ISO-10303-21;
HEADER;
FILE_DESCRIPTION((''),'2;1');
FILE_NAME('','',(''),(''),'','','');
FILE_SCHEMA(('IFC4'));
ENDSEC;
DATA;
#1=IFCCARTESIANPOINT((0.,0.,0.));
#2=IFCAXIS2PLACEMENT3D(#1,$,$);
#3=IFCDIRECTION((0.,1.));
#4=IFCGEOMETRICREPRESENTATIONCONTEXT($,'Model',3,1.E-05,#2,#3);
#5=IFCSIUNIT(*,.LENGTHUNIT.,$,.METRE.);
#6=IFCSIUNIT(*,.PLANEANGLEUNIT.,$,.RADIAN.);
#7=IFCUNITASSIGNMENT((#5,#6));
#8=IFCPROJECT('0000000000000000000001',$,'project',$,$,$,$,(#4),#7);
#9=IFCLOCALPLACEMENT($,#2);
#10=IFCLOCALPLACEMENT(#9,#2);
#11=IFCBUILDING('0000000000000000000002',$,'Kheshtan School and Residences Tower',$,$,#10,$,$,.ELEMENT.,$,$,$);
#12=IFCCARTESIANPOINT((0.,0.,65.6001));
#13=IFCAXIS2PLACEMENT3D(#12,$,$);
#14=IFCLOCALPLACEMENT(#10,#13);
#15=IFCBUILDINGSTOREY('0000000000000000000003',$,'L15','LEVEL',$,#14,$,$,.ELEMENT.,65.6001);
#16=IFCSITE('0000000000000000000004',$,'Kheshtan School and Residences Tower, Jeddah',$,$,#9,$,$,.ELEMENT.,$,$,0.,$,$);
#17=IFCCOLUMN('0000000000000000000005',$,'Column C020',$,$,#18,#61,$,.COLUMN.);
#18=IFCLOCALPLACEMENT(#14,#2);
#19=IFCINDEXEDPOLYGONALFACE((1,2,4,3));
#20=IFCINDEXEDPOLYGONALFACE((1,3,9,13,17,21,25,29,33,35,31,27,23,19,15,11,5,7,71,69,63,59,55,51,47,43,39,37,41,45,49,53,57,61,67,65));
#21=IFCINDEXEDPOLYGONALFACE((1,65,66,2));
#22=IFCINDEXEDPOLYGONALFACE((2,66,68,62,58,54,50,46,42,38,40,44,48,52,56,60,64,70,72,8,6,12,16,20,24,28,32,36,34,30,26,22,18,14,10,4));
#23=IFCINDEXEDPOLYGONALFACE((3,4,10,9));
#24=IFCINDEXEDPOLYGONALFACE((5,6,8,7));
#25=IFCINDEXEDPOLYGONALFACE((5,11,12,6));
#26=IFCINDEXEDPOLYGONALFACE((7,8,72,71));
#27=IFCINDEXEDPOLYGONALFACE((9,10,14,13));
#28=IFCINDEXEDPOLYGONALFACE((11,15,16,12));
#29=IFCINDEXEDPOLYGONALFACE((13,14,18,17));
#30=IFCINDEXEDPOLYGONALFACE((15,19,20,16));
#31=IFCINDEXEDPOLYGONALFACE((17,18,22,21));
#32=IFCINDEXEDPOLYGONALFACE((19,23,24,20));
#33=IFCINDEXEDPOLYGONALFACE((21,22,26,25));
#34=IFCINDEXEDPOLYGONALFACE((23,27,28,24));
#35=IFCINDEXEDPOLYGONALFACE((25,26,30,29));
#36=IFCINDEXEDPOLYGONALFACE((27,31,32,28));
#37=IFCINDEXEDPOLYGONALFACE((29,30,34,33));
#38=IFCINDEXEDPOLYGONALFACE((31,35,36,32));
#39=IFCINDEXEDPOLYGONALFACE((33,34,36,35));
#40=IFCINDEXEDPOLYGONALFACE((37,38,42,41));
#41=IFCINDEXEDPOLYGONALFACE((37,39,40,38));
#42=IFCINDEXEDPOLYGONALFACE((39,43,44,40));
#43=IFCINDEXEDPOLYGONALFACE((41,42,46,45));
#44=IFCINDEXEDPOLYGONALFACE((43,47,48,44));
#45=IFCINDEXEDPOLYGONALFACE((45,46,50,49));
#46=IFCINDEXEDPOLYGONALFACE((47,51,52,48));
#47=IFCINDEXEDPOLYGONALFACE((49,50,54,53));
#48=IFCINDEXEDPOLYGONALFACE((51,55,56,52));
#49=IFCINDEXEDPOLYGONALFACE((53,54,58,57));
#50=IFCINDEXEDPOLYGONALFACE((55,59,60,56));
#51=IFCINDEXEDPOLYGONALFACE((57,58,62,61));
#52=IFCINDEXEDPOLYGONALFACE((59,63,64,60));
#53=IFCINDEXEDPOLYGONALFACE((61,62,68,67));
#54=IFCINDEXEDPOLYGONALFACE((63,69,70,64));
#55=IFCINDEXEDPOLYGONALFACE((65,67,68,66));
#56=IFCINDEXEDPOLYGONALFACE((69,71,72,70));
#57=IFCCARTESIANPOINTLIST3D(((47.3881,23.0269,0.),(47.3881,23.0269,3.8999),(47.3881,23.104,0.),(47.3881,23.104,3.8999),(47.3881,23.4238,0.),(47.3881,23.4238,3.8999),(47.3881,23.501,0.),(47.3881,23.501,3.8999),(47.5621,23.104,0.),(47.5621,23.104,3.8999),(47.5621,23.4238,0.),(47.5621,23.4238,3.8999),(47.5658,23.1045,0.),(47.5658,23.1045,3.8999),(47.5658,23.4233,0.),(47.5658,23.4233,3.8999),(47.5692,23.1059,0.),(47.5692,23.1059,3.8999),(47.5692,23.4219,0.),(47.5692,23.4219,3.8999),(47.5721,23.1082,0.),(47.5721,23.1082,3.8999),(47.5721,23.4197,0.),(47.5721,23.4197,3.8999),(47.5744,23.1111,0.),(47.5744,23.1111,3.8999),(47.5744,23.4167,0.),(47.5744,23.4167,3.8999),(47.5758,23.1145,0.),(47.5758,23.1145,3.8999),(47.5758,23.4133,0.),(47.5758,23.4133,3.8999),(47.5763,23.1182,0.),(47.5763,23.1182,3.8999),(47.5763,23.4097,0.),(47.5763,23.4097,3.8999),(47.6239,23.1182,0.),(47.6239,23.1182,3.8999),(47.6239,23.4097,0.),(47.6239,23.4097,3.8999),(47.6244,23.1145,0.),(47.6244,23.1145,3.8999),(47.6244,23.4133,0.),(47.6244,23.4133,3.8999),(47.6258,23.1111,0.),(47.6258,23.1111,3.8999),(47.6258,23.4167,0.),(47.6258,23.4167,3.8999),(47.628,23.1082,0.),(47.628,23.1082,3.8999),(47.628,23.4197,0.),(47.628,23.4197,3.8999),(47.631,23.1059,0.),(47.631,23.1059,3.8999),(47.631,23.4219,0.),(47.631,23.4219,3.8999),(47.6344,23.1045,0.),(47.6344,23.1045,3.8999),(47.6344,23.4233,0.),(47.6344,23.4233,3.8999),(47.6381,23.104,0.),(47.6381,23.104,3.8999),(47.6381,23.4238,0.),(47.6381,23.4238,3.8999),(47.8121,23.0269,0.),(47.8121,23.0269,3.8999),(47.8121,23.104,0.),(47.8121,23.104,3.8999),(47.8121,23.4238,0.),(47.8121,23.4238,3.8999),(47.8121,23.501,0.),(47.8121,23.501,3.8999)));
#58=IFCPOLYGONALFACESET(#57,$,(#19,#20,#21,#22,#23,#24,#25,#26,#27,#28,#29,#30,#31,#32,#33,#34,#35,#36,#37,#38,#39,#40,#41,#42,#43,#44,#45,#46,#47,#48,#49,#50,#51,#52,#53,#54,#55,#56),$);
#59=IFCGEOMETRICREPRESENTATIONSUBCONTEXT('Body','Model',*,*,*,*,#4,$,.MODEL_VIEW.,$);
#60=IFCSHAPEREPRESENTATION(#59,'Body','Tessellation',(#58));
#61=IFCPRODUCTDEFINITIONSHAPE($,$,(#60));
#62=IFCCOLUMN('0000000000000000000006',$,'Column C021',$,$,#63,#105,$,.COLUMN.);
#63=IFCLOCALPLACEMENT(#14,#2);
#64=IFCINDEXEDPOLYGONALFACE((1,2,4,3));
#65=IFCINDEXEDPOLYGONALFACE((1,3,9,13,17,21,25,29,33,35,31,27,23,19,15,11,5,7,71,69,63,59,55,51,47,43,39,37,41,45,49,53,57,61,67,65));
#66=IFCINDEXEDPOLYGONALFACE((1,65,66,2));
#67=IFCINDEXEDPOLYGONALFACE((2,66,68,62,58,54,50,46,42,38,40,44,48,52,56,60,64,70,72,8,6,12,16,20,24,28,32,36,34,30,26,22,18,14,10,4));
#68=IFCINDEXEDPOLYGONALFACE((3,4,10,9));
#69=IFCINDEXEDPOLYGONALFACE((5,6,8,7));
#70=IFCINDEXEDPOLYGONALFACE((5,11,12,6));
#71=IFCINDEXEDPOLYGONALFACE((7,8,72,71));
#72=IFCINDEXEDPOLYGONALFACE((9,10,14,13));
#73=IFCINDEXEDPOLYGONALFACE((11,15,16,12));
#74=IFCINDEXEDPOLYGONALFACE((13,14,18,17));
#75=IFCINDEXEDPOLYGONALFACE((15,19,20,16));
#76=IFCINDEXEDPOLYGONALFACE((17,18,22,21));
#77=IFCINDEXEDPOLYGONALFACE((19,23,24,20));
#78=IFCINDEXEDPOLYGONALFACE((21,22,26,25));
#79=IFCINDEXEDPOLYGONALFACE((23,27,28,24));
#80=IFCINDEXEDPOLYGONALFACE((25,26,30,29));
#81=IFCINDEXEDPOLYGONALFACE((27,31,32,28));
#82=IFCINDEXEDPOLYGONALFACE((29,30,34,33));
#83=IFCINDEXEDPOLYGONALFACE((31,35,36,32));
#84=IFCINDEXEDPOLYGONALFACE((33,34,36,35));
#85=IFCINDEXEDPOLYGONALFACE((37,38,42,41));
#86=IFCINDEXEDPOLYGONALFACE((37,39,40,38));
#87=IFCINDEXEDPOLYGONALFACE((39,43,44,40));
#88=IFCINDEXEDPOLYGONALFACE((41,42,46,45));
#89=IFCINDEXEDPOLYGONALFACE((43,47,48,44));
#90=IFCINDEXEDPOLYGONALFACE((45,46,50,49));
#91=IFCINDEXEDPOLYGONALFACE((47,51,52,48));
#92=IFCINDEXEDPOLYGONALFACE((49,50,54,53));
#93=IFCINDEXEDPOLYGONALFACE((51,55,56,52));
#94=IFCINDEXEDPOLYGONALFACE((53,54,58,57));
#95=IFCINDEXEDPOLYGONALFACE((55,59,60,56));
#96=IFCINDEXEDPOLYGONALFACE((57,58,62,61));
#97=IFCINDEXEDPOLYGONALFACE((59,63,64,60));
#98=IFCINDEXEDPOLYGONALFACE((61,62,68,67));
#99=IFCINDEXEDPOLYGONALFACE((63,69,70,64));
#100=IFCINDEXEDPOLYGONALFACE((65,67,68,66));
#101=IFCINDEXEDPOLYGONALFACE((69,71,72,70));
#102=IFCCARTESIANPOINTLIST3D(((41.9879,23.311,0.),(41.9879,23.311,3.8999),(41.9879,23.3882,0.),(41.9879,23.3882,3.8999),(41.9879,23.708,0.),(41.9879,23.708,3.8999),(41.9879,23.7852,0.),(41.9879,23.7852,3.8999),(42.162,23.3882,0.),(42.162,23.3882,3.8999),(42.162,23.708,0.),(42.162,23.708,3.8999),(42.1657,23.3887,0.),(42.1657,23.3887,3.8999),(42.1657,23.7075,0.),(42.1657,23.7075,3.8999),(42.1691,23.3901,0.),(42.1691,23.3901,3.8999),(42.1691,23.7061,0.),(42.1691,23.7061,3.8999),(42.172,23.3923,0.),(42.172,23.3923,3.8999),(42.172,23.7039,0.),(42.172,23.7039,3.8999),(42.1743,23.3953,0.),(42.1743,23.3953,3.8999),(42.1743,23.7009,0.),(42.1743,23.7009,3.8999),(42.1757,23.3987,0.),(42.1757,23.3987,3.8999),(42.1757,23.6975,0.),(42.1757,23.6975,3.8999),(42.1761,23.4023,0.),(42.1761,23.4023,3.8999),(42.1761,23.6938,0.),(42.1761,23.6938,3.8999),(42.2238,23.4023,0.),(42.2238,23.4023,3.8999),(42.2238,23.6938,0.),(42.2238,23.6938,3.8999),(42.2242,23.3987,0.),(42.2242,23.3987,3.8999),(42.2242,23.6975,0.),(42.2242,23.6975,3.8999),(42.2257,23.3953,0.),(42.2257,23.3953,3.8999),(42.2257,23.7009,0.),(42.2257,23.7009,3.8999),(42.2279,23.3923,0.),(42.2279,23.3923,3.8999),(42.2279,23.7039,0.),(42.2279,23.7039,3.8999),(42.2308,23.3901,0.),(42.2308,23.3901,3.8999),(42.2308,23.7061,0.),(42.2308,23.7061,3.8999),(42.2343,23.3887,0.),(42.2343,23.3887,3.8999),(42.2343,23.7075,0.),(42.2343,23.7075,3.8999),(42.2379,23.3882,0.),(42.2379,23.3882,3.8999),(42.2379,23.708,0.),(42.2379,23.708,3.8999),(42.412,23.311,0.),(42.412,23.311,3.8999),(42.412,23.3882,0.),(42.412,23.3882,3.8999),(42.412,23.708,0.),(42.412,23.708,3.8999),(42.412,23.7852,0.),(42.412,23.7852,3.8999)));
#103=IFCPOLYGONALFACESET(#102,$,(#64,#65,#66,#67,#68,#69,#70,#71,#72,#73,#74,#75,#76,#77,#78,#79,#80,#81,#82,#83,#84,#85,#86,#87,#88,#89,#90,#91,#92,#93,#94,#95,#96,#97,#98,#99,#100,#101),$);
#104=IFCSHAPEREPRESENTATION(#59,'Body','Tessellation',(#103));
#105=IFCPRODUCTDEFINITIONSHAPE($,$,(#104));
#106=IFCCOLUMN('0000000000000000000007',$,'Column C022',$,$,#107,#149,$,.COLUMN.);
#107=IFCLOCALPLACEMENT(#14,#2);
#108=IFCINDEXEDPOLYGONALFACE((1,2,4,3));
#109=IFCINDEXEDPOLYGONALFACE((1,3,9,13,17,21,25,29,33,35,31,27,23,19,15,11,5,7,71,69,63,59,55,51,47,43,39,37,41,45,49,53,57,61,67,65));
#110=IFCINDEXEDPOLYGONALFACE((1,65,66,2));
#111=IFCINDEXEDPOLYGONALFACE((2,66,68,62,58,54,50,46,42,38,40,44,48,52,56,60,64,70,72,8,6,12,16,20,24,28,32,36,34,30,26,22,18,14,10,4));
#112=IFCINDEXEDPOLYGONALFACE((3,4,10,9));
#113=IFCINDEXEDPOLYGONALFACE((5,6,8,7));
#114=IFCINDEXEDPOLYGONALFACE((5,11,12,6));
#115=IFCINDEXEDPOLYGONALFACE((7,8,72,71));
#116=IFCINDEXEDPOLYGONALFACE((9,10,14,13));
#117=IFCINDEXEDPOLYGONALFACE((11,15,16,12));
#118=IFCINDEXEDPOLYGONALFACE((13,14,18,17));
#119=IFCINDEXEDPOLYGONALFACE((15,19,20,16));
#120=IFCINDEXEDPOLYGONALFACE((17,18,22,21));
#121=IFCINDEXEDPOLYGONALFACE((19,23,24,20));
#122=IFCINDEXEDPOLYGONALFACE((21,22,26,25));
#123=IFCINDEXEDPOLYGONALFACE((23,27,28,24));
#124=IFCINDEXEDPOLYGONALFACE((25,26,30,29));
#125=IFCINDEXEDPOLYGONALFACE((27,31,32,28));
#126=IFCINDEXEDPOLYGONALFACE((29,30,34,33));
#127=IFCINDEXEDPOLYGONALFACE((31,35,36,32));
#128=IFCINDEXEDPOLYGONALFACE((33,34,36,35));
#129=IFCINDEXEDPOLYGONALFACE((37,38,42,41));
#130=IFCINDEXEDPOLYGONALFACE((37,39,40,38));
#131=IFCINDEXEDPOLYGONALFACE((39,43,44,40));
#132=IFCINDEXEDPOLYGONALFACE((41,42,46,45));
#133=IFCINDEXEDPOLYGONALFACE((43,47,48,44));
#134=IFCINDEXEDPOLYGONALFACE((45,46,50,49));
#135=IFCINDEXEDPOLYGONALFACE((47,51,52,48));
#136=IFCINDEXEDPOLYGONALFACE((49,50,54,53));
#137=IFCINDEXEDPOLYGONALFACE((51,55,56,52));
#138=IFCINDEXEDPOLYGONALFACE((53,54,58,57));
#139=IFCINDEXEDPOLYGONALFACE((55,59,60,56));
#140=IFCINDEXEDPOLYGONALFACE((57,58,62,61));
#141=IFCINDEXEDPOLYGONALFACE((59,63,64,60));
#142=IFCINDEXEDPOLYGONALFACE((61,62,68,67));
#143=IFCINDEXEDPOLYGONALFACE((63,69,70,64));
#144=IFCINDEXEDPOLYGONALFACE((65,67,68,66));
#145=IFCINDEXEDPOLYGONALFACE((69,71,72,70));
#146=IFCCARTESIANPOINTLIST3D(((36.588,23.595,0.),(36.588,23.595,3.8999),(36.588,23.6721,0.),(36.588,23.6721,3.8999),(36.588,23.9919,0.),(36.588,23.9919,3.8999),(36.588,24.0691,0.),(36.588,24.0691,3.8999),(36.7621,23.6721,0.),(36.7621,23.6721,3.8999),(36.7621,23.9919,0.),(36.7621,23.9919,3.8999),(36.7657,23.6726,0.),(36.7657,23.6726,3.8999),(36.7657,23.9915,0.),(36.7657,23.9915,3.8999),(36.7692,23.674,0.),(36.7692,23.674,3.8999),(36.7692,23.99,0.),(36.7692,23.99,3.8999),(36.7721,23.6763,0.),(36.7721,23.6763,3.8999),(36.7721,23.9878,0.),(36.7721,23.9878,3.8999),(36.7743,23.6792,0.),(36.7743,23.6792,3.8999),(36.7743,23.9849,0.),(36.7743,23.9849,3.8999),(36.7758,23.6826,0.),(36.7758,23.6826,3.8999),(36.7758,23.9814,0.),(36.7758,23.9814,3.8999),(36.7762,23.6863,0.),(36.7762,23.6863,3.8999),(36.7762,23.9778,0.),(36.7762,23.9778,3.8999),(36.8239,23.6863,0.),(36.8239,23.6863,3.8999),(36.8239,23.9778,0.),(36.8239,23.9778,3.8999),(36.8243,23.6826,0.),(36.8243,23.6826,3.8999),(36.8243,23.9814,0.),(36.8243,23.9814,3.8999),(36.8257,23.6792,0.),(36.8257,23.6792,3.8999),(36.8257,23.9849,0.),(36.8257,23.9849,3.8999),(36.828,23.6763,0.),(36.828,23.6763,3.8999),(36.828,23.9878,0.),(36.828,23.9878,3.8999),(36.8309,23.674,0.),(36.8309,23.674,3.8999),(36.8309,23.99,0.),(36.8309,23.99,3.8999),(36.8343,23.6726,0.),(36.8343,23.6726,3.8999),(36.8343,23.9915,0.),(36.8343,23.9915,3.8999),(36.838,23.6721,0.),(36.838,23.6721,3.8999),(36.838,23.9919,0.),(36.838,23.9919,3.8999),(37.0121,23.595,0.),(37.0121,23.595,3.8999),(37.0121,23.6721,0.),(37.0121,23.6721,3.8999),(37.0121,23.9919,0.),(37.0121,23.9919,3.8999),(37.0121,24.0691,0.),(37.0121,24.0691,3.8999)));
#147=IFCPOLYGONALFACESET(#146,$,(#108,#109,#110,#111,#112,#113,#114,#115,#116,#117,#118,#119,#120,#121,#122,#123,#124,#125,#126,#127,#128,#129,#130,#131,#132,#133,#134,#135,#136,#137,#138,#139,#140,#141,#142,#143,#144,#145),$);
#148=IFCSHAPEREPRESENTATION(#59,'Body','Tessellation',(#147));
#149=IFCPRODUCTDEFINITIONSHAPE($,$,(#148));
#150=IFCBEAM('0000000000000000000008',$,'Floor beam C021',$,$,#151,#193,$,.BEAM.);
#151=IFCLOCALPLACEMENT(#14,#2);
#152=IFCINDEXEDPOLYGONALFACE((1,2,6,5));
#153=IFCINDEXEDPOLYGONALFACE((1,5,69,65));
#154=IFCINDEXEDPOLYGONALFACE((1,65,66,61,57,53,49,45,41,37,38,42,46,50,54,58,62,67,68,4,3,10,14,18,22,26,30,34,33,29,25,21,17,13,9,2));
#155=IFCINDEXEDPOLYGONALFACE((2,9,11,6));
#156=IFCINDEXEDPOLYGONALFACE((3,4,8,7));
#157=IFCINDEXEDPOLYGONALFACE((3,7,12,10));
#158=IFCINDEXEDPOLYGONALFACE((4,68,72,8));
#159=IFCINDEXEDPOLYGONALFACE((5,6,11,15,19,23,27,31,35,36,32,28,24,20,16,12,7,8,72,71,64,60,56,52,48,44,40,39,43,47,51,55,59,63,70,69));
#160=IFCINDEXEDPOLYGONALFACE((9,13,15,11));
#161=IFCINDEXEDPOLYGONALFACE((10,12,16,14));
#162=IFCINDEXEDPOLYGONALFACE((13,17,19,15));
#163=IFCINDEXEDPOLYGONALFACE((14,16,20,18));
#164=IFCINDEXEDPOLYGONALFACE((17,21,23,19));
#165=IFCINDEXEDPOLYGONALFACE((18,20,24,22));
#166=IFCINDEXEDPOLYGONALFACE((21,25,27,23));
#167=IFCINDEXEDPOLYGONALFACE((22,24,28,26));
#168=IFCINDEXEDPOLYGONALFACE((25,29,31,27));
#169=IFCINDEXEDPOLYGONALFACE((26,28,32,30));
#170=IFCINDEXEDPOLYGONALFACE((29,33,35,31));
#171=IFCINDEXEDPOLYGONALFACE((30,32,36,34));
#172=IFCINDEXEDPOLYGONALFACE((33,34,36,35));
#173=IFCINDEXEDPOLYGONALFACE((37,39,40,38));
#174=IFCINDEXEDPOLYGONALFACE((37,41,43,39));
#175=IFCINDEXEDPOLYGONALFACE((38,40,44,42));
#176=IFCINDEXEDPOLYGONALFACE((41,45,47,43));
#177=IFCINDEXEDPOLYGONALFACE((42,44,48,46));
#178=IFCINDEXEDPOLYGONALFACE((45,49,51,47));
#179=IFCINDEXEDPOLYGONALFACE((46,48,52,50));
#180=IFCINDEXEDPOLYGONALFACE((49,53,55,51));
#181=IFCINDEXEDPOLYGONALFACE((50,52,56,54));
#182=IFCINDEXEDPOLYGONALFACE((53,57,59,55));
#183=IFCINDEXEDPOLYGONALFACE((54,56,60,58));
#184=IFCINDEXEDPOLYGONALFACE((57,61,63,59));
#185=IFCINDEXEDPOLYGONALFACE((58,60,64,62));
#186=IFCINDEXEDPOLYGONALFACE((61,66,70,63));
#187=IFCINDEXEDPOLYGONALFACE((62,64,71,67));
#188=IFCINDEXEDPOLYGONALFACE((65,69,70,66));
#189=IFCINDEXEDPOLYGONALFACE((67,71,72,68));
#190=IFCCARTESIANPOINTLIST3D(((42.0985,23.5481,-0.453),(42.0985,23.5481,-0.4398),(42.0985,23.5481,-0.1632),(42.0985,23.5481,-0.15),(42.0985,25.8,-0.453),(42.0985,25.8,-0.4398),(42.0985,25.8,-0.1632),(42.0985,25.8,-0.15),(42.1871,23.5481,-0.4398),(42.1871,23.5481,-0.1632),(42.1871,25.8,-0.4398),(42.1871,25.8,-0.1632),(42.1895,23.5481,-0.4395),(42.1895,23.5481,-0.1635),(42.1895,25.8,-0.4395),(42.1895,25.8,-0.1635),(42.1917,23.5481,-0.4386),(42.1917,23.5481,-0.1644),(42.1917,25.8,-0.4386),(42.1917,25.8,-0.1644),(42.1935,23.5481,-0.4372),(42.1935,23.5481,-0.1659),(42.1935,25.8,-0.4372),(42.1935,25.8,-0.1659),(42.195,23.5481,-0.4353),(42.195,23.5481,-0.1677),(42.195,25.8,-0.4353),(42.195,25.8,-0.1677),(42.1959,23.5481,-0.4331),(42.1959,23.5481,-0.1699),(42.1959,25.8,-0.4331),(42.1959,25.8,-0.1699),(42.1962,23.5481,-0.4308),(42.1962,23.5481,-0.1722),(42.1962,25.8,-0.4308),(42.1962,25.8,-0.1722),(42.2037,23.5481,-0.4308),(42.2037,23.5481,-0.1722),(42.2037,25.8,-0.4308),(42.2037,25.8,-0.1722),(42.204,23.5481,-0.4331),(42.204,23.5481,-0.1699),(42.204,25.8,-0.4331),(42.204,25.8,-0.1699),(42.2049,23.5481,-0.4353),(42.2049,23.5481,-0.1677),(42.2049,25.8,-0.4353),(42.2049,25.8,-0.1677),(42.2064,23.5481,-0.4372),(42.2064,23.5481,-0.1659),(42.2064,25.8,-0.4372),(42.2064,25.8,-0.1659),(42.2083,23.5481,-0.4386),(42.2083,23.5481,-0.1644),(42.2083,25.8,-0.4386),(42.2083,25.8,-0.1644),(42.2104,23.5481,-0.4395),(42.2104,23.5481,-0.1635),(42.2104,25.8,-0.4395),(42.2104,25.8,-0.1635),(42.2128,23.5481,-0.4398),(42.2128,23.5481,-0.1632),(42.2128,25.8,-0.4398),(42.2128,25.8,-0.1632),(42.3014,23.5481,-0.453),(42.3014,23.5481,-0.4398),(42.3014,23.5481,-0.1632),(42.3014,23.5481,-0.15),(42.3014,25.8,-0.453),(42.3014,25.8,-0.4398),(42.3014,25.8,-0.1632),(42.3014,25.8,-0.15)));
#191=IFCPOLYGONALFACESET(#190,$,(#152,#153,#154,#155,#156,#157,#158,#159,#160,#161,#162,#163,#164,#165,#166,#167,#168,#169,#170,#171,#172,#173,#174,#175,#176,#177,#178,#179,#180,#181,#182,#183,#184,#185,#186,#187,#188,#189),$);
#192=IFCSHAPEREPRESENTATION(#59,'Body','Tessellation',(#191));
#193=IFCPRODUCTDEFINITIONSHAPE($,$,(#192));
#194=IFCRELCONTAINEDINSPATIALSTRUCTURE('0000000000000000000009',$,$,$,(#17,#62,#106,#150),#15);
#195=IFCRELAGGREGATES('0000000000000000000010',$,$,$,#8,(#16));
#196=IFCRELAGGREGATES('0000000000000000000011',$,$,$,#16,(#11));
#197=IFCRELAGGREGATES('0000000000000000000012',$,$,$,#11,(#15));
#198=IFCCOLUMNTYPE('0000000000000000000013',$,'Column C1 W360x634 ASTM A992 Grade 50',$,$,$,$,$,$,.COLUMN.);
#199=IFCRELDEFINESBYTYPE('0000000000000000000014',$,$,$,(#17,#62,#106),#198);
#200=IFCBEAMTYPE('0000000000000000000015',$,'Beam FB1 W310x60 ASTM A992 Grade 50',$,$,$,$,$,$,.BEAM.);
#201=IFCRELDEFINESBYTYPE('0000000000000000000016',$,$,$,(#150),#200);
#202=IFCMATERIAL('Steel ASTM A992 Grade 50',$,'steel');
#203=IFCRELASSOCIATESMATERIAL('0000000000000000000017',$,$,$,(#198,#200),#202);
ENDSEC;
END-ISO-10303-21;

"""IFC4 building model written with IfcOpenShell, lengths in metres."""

from ifc_helpers import new_model, si_unit, direction, frame, origin, origin_2d, place, context, subcontext, project, spatial, i_section, extrude, material, material_profile, profile_set, type_object, element, save


model = new_model("IFC4")

# Units and contexts
model_context = context("Model", 3, precision=1e-05, world=origin(), true_north=direction((0.0, 1.0)))
body_context = subcontext(model_context, "Body", "Model", "MODEL_VIEW")
ifc_project = project(units=[si_unit("LENGTHUNIT", "METRE"), si_unit("PLANEANGLEUNIT", "RADIAN")], contexts=[model_context])

# Site, building, storey
site_placement = place(None, origin())
site = spatial("IfcSite", under=ifc_project, at=site_placement, Name="Kheshtan School and Residences Tower, Jeddah", CompositionType="ELEMENT", RefElevation=0.0)
building_placement = place(site_placement, origin())
building = spatial("IfcBuilding", under=site, at=building_placement, Name="Kheshtan School and Residences Tower", CompositionType="ELEMENT")
storey_placement = place(building_placement, frame((0.0, 0.0, 65.6001)))
storey = spatial("IfcBuildingStorey", under=building, at=storey_placement, Name="L15", Description="LEVEL", CompositionType="ELEMENT", Elevation=65.6001)

# Columns
ifc_material_1 = material(Name="Steel ASTM A992 Grade 50", Category="steel")
ifc_material_profile_1 = material_profile(ifc_material_1, i_section(OverallWidth=0.4241, OverallDepth=0.4741, WebThickness=0.0476, FlangeThickness=0.0771, FilletRadius=0.0142, at=origin_2d()), Name="W360x634")
ifc_profile_set_1 = profile_set([ifc_material_profile_1], Name="Steel ASTM A992 Grade 50")
column_type = type_object("IfcColumnType", Name="Column C1 W360x634 ASTM A992 Grade 50", PredefinedType="COLUMN", material=ifc_profile_set_1)
for number, where, z_axis, x_axis, name in (
    (1, (47.6001, 23.2639, 0.0), (0.0, 0.0, 1.0), (1.0, 0.0, 0.0), "Column C020"),
    (2, (42.2, 23.5481, 0.0), (0.0, 0.0, 1.0), (1.0, 0.0, 0.0), "Column C021"),
    (3, (36.8, 23.832, 0.0), (0.0, 0.0, 1.0), (1.0, 0.0, 0.0), "Column C022"),
):
    element("IfcColumn", number, at=place(storey_placement, frame(where, z_axis=z_axis, x_axis=x_axis)), inside=storey, type_object=column_type, Name=name, PredefinedType="COLUMN", context=body_context, shape_type="SweptSolid", body=[
        extrude(i_section(OverallWidth=0.4241, OverallDepth=0.4741, WebThickness=0.0476, FlangeThickness=0.0771, FilletRadius=0.0142, at=origin_2d()), origin(), (0.0, 0.0, 1.0), 3.8999),
    ])

# Beam
ifc_material_profile_2 = material_profile(ifc_material_1, i_section(OverallWidth=0.2029, OverallDepth=0.303, WebThickness=0.0076, FlangeThickness=0.0132, FilletRadius=0.009, at=origin_2d()), Name="W310x60")
ifc_profile_set_2 = profile_set([ifc_material_profile_2], Name="Steel ASTM A992 Grade 50")
beam_type_1 = type_object("IfcBeamType", Name="Beam FB1 W310x60 ASTM A992 Grade 50", PredefinedType="BEAM", material=ifc_profile_set_2)
beam_1_placement = place(storey_placement, frame((42.2, 23.5481, -0.3015), z_axis=(0.0, 1.0, 0.0), x_axis=(-1.0, 0.0, 0.0)))
element("IfcBeam", 4, at=beam_1_placement, inside=storey, type_object=beam_type_1, Name="Floor beam C021", PredefinedType="BEAM", context=body_context, shape_type="SweptSolid", body=[
    extrude(i_section(OverallWidth=0.2029, OverallDepth=0.303, WebThickness=0.0076, FlangeThickness=0.0132, FilletRadius=0.009, at=origin_2d()), origin(), (0.0, 0.0, 1.0), 2.252),
])

save(model, "model.ifc")
